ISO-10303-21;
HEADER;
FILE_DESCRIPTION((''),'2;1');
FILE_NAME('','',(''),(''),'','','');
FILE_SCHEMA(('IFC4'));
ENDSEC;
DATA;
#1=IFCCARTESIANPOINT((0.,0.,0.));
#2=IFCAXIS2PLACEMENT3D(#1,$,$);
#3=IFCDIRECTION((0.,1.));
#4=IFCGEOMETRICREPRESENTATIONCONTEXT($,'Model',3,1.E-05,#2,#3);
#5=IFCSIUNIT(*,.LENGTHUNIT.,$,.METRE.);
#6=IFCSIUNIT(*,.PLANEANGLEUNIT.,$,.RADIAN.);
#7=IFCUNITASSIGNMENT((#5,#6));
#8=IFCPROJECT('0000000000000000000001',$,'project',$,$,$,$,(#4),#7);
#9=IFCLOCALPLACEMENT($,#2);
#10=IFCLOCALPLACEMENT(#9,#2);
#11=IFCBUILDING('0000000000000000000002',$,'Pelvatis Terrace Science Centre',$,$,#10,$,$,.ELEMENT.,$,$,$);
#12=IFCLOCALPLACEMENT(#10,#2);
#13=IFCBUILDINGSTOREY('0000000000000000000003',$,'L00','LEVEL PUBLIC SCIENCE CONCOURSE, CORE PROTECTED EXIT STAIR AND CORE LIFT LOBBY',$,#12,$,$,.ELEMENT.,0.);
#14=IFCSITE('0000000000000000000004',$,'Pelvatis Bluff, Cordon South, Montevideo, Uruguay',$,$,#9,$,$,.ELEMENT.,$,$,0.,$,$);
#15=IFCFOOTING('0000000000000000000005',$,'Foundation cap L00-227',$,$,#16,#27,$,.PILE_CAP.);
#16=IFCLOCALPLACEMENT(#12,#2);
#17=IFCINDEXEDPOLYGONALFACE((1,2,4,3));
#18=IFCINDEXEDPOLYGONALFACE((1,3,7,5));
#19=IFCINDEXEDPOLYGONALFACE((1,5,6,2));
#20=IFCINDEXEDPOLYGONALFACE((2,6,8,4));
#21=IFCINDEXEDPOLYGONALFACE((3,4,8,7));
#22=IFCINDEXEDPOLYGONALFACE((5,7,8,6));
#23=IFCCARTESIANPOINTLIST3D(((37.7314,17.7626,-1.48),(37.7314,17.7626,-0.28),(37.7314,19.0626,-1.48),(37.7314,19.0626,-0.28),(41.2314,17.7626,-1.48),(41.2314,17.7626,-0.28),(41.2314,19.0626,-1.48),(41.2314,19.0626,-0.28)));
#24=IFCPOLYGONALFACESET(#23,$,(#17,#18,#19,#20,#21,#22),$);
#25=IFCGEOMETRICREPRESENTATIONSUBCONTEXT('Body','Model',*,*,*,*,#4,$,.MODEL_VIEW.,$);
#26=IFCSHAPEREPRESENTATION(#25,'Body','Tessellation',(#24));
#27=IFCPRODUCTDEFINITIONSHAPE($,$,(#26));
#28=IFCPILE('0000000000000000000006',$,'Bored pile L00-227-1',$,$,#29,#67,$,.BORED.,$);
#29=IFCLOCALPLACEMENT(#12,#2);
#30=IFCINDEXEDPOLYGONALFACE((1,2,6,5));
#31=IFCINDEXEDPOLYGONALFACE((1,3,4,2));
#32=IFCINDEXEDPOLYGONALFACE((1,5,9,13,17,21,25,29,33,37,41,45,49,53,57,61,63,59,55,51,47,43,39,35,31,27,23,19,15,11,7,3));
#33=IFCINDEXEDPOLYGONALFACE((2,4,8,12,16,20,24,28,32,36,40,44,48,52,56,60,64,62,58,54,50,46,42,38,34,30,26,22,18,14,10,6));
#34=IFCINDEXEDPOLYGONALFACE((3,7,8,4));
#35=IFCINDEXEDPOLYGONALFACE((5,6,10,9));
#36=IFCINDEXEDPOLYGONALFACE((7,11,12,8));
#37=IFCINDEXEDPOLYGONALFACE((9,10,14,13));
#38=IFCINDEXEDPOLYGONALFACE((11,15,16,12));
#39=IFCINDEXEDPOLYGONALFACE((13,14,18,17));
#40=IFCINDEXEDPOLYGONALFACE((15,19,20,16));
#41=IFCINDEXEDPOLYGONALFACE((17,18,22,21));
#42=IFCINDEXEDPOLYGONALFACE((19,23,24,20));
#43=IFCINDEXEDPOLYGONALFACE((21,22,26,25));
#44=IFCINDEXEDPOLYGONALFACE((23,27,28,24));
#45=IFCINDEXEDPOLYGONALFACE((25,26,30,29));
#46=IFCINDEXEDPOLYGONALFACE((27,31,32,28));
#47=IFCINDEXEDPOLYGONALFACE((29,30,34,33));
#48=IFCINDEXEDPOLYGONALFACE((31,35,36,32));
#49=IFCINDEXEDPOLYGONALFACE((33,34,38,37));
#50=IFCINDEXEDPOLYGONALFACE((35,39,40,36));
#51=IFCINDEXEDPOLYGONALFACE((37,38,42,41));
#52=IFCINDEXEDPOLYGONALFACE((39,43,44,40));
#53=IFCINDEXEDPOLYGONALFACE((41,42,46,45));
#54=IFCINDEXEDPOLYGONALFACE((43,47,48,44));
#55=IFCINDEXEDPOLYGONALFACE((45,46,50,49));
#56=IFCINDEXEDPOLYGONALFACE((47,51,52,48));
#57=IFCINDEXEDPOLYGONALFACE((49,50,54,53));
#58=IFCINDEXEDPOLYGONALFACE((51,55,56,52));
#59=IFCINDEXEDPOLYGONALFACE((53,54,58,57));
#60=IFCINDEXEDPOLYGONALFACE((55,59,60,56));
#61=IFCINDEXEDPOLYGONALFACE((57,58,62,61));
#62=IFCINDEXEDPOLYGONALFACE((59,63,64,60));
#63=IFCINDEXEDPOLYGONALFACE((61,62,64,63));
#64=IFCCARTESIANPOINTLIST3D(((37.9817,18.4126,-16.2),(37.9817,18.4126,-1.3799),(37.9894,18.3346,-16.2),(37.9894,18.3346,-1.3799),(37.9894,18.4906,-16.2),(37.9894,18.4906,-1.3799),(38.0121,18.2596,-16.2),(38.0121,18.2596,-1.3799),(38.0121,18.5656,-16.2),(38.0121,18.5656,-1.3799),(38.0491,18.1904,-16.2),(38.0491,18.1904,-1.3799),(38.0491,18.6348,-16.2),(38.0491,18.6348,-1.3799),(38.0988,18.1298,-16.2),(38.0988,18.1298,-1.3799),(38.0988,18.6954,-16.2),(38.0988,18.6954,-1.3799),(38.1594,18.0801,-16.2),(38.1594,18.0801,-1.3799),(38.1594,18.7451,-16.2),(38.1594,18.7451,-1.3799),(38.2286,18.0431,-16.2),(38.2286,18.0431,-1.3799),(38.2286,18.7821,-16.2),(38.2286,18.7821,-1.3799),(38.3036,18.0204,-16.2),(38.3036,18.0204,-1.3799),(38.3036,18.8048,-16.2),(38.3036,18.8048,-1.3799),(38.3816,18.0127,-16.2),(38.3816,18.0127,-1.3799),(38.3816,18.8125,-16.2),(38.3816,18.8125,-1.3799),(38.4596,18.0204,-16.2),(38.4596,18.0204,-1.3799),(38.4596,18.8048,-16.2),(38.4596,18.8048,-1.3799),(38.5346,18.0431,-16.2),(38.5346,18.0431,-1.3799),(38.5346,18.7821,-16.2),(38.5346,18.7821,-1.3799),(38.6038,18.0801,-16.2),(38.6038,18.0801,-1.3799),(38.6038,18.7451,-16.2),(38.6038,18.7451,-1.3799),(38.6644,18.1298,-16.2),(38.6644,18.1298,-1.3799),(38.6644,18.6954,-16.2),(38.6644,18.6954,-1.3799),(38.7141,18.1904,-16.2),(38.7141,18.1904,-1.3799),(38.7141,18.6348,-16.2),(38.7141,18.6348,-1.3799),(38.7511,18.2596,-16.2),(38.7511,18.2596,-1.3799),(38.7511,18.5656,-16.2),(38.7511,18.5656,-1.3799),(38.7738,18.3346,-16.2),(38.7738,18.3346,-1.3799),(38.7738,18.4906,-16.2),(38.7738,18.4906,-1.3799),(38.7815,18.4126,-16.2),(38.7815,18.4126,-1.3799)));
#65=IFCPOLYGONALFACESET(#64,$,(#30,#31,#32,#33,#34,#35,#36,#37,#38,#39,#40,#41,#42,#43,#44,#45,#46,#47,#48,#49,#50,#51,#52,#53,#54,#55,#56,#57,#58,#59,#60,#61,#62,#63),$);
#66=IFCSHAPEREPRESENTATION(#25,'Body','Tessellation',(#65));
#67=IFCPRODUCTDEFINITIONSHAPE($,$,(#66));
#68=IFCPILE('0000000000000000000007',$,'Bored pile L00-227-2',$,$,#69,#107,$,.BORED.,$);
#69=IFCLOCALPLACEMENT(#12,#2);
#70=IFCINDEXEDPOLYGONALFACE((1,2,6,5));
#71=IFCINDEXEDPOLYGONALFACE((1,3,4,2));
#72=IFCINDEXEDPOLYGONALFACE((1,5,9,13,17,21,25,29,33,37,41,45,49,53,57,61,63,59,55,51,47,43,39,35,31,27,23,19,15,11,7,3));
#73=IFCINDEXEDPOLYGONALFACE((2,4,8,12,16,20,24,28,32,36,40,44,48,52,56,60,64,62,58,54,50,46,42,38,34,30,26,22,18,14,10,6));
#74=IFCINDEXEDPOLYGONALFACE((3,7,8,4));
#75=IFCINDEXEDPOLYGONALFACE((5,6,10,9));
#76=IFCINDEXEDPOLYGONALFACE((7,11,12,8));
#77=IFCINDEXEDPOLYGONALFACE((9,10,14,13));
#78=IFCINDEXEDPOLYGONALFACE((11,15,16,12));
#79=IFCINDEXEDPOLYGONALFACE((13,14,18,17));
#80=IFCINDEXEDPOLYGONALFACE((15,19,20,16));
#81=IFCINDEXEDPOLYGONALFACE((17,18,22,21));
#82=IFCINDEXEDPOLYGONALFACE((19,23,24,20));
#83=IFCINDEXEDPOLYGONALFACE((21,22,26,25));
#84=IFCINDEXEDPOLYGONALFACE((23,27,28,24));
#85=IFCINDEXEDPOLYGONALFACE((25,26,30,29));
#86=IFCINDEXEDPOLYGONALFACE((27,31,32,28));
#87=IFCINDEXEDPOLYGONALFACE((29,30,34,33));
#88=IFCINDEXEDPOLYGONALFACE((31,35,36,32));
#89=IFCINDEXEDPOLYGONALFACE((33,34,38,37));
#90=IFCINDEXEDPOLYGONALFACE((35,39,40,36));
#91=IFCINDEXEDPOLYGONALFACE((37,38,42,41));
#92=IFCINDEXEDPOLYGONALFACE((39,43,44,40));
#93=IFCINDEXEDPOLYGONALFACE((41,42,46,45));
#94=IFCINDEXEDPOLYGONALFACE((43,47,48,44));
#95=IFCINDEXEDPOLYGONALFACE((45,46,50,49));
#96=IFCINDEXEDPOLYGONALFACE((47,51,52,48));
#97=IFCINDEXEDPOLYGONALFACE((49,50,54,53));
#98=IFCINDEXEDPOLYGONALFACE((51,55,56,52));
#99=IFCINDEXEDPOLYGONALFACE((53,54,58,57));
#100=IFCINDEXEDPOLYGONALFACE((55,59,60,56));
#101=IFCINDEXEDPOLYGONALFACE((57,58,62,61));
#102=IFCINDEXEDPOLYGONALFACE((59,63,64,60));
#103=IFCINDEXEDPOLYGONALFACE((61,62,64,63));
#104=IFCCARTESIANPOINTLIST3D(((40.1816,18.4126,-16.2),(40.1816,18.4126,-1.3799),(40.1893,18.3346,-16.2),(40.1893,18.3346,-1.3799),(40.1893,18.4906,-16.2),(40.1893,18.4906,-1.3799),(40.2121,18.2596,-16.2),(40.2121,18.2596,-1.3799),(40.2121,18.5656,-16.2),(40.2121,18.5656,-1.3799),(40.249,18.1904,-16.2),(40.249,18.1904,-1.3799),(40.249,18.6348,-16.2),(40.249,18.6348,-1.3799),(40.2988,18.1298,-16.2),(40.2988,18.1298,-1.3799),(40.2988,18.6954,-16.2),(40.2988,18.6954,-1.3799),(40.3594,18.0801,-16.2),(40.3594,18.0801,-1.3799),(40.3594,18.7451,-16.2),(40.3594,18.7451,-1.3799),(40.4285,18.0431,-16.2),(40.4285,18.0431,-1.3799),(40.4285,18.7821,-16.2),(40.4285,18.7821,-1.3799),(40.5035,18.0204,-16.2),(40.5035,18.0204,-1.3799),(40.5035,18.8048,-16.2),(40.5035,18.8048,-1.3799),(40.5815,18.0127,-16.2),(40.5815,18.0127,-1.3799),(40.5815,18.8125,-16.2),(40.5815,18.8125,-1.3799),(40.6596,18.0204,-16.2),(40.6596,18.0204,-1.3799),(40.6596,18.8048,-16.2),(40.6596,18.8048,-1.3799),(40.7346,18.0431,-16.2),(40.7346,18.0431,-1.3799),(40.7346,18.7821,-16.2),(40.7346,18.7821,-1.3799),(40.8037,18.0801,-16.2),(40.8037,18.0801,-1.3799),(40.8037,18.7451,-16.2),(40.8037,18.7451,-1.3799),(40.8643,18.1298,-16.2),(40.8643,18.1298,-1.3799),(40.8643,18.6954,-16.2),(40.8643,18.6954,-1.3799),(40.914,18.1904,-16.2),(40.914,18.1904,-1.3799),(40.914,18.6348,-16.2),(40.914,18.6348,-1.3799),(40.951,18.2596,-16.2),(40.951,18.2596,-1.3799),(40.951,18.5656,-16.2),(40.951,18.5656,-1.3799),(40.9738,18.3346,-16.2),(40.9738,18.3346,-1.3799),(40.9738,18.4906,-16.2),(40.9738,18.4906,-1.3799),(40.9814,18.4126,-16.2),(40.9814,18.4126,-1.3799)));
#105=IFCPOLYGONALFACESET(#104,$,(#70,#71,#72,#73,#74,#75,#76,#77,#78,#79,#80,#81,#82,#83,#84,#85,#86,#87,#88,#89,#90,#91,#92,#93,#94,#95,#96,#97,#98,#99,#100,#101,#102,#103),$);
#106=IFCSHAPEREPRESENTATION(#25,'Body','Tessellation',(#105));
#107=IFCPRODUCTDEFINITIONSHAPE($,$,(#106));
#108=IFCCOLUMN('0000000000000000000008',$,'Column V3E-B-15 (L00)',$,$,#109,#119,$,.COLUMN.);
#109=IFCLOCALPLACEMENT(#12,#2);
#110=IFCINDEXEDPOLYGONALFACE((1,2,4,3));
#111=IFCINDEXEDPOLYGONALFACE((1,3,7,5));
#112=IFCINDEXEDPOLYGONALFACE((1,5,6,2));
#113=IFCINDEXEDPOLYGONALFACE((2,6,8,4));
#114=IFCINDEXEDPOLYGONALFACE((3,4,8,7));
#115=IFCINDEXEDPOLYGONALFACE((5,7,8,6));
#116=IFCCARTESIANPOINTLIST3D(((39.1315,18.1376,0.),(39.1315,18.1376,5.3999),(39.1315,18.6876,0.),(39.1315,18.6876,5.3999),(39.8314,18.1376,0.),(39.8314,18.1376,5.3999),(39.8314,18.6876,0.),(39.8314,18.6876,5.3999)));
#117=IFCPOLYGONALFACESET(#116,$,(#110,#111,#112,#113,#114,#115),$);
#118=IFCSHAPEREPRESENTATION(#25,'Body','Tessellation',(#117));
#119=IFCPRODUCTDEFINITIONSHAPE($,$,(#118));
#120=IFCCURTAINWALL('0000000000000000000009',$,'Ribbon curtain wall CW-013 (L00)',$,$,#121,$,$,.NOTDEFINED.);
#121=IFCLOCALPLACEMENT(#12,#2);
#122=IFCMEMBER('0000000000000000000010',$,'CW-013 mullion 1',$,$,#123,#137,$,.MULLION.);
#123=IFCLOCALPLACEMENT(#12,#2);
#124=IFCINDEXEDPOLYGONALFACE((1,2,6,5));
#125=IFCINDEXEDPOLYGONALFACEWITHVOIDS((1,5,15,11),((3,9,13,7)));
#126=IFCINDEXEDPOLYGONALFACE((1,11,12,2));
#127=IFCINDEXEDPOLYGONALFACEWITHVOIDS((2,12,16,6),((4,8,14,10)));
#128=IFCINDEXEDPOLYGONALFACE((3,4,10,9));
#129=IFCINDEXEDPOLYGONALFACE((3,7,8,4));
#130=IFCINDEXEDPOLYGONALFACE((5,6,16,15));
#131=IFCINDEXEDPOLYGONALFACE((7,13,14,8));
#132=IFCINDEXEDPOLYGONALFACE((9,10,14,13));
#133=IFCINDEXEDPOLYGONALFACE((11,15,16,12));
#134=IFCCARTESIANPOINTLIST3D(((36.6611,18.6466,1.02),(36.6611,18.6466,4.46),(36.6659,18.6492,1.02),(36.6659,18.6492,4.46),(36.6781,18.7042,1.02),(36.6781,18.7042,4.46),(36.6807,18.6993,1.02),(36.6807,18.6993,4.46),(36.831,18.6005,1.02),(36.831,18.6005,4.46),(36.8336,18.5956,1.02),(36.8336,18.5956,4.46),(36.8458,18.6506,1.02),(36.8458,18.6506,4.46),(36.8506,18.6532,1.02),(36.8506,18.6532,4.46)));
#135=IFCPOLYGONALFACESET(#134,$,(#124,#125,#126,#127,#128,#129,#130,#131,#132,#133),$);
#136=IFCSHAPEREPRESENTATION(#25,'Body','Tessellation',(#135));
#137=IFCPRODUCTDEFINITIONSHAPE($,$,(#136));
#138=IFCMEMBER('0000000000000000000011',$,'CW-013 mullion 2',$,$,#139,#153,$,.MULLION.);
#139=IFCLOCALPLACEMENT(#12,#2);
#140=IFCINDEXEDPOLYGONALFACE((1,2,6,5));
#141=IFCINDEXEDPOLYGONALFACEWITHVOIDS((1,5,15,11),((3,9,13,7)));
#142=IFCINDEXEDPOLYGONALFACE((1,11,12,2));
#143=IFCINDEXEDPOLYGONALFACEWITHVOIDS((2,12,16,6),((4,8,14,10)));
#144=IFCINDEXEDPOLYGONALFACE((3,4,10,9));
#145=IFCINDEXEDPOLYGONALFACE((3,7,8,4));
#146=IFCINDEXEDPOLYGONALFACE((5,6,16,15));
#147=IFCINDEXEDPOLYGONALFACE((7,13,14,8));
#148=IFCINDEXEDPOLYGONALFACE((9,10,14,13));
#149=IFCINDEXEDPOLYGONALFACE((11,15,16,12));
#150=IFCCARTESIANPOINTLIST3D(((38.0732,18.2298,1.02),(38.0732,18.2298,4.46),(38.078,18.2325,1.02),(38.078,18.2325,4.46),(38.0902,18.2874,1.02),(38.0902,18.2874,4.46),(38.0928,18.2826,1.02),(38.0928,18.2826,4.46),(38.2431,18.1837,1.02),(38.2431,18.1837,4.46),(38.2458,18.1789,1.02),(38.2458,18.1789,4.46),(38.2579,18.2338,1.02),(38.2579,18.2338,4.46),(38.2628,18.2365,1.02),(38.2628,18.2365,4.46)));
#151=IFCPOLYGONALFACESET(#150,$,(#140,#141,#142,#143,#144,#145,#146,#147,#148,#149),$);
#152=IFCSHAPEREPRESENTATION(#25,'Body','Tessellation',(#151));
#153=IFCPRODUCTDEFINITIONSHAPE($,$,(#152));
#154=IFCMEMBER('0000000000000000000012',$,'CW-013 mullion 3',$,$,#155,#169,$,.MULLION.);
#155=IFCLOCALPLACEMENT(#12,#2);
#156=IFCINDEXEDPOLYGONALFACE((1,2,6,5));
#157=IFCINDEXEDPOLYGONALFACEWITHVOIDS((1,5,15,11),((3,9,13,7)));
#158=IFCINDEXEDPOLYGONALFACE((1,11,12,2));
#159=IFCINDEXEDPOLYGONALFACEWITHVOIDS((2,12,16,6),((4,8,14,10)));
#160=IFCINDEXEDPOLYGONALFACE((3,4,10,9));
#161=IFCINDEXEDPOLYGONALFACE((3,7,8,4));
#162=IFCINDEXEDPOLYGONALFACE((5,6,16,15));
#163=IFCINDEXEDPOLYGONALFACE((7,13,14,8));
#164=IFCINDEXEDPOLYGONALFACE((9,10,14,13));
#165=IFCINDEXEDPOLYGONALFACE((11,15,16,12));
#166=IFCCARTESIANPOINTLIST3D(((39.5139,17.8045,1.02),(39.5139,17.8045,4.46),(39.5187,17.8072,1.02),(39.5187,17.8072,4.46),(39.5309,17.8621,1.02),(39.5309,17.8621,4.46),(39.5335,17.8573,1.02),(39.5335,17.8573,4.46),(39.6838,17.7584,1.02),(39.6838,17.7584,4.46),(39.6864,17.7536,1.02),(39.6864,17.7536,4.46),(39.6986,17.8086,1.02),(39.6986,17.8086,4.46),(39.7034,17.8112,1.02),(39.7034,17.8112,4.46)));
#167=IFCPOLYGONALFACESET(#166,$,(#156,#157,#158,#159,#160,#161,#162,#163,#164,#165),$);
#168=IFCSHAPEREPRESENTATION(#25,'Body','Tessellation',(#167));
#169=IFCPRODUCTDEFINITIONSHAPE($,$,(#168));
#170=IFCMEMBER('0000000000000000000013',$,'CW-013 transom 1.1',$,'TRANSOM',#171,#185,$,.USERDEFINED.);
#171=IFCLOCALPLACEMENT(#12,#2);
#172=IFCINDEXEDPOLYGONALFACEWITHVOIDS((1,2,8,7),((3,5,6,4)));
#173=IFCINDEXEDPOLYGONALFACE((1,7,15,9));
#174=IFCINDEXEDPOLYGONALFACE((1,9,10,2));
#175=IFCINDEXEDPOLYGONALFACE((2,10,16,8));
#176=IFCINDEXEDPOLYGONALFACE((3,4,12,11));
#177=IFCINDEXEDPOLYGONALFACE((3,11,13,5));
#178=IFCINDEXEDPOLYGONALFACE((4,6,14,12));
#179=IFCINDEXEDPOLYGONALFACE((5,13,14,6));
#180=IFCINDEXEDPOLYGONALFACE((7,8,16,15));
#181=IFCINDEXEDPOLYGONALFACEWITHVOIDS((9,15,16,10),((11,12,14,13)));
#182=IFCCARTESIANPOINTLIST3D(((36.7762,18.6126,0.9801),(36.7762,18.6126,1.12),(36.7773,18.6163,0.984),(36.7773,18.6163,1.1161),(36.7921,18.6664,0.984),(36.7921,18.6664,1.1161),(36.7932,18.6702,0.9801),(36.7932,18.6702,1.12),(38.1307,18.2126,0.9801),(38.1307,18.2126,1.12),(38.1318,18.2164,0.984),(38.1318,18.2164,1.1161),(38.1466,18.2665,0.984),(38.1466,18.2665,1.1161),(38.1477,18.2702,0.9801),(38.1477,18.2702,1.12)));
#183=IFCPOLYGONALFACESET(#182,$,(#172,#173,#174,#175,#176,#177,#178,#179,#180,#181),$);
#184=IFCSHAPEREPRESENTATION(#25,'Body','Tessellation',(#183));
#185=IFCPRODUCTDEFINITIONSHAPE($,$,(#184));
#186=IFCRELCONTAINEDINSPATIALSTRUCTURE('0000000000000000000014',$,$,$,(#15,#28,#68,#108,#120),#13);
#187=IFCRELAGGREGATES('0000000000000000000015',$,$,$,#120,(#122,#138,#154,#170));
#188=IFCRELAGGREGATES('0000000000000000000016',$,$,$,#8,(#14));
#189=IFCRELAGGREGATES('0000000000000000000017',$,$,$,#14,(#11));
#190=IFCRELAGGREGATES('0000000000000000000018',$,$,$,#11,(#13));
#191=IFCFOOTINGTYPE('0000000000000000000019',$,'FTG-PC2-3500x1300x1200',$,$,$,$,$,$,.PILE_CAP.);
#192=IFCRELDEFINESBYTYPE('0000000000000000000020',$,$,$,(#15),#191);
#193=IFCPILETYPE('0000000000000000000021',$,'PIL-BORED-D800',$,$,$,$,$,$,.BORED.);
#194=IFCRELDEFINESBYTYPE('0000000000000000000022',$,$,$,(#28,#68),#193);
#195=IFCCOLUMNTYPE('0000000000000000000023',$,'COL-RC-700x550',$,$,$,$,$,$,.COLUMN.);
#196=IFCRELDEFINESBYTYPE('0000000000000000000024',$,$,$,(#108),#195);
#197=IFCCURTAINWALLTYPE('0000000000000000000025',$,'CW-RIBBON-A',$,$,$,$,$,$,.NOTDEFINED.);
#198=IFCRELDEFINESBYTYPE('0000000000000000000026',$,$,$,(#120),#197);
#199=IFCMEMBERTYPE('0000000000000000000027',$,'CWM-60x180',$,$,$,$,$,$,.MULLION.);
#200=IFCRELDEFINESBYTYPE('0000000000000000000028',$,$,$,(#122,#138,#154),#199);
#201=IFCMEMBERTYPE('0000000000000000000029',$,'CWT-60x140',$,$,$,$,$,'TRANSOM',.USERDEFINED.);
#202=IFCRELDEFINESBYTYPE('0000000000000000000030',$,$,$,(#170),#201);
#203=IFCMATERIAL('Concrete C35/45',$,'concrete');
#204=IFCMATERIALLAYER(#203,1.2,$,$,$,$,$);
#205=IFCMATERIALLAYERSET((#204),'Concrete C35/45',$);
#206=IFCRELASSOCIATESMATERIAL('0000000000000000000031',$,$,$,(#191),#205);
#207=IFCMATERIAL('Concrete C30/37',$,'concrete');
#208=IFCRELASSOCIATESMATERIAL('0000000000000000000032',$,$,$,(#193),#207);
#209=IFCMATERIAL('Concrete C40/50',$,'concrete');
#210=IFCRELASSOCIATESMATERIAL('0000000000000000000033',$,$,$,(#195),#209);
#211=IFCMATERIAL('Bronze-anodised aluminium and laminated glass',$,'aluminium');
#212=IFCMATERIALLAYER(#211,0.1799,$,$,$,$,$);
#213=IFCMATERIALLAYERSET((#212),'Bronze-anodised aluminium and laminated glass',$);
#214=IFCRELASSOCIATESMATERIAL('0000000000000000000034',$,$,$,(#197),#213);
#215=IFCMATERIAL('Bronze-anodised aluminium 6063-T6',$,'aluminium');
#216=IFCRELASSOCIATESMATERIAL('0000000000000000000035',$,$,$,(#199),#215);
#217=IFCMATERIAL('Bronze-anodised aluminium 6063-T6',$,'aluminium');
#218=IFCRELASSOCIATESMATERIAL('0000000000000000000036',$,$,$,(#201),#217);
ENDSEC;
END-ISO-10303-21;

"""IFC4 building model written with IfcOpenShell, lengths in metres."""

from ifc_helpers import new_model, si_unit, direction, frame, origin, origin_2d, place, context, subcontext, project, spatial, rectangle, hollow_rectangle, circle, extrude, material, layer, layer_set, material_profile, profile_set, type_object, element, aggregate, save


model = new_model("IFC4")

# Units and contexts
model_context = context("Model", 3, precision=1e-05, world=origin(), true_north=direction((0.0, 1.0)))
body_context = subcontext(model_context, "Body", "Model", "MODEL_VIEW")
ifc_project = project(units=[si_unit("LENGTHUNIT", "METRE"), si_unit("PLANEANGLEUNIT", "RADIAN")], contexts=[model_context])

# Site, building, storey
site_placement = place(None, origin())
site = spatial("IfcSite", under=ifc_project, at=site_placement, Name="Pelvatis Bluff, Cordon South, Montevideo, Uruguay", CompositionType="ELEMENT", RefElevation=0.0)
building_placement = place(site_placement, origin())
building = spatial("IfcBuilding", under=site, at=building_placement, Name="Pelvatis Terrace Science Centre", CompositionType="ELEMENT")
storey_placement = place(building_placement, origin())
storey = spatial("IfcBuildingStorey", under=building, at=storey_placement, Name="L00", Description="LEVEL PUBLIC SCIENCE CONCOURSE, CORE PROTECTED EXIT STAIR AND CORE LIFT LOBBY", CompositionType="ELEMENT", Elevation=0.0)

# Footing
ifc_material_1 = material(Name="Concrete C35/45", Category="concrete")
ifc_layer_1 = layer(ifc_material_1, 1.2)
ifc_layer_set_1 = layer_set([ifc_layer_1], Name="Concrete C35/45")
footing_type = type_object("IfcFootingType", Name="FTG-PC2-3500x1300x1200", PredefinedType="PILE_CAP", material=ifc_layer_set_1)
footing_placement = place(storey_placement, frame((39.4814, 18.4126, -1.48), z_axis=(0.0, 0.0, 1.0), x_axis=(1.0, 0.0, 0.0)))
element("IfcFooting", 1, at=footing_placement, inside=storey, type_object=footing_type, Name="Foundation cap L00-227", PredefinedType="PILE_CAP", context=body_context, shape_type="SweptSolid", body=[
    extrude(rectangle(XDim=3.5, YDim=1.3, at=origin_2d()), origin(), (0.0, 0.0, 1.0), 1.2),
])

# Piles
ifc_material_2 = material(Name="Concrete C30/37", Category="concrete")
ifc_material_profile_1 = material_profile(ifc_material_2, circle(Radius=0.3999, at=origin_2d()), Name="PILE D800")
ifc_profile_set_1 = profile_set([ifc_material_profile_1], Name="Concrete C30/37")
pile_type = type_object("IfcPileType", Name="PIL-BORED-D800", PredefinedType="BORED", material=ifc_profile_set_1)
for number, where, z_axis, x_axis, name in (
    (2, (38.3816, 18.4126, -1.3799), (0.0, 0.0, -1.0), (1.0, 0.0, 0.0), "Bored pile L00-227-1"),
    (3, (40.5815, 18.4126, -1.3799), (0.0, 0.0, -1.0), (1.0, 0.0, 0.0), "Bored pile L00-227-2"),
):
    element("IfcPile", number, at=place(storey_placement, frame(where, z_axis=z_axis, x_axis=x_axis)), inside=storey, type_object=pile_type, Name=name, PredefinedType="BORED", context=body_context, shape_type="SweptSolid", body=[
        extrude(circle(Radius=0.3999, at=origin_2d()), origin(), (0.0, 0.0, 1.0), 14.8201),
    ])

# Column
ifc_material_3 = material(Name="Concrete C40/50", Category="concrete")
ifc_material_profile_2 = material_profile(ifc_material_3, rectangle(XDim=0.7, YDim=0.55, at=origin_2d()), Name="RC-COL 700x550")
ifc_profile_set_2 = profile_set([ifc_material_profile_2], Name="Concrete C40/50")
column_type = type_object("IfcColumnType", Name="COL-RC-700x550", PredefinedType="COLUMN", material=ifc_profile_set_2)
column_placement = place(storey_placement, frame((39.4814, 18.4126, 0.0), z_axis=(0.0, 0.0, 1.0), x_axis=(1.0, 0.0, 0.0)))
element("IfcColumn", 4, at=column_placement, inside=storey, type_object=column_type, Name="Column V3E-B-15 (L00)", PredefinedType="COLUMN", context=body_context, shape_type="SweptSolid", body=[
    extrude(rectangle(XDim=0.7, YDim=0.55, at=origin_2d()), origin(), (0.0, 0.0, 1.0), 5.3999),
])

# Curtain wall, members
ifc_material_4 = material(Name="Bronze-anodised aluminium and laminated glass", Category="aluminium")
ifc_layer_2 = layer(ifc_material_4, 0.1799)
ifc_layer_set_2 = layer_set([ifc_layer_2], Name="Bronze-anodised aluminium and laminated glass")
curtain_wall_type = type_object("IfcCurtainWallType", Name="CW-RIBBON-A", PredefinedType="NOTDEFINED", material=ifc_layer_set_2)
curtain_wall_placement = place(storey_placement, origin())
curtain_wall = element("IfcCurtainWall", 5, at=curtain_wall_placement, inside=storey, type_object=curtain_wall_type, Name="Ribbon curtain wall CW-013 (L00)", PredefinedType="NOTDEFINED")
ifc_material_5 = material(Name="Bronze-anodised aluminium 6063-T6", Category="aluminium")
ifc_material_profile_3 = material_profile(ifc_material_5, hollow_rectangle(XDim=0.0601, YDim=0.1799, WallThickness=0.0039, at=origin_2d()), Name="ALU-MUL 60x180")
ifc_profile_set_3 = profile_set([ifc_material_profile_3], Name="Bronze-anodised aluminium 6063-T6")
member_type_1 = type_object("IfcMemberType", Name="CWM-60x180", PredefinedType="MULLION", material=ifc_profile_set_3)
member_1_placement = place(storey_placement, frame((36.7559, 18.6499, 1.02), z_axis=(0.0, 0.0, 1.0), x_axis=(0.283092, 0.959093, 0.0)))
member_1 = element("IfcMember", 6, at=member_1_placement, type_object=member_type_1, Name="CW-013 mullion 1", PredefinedType="MULLION", context=body_context, shape_type="SweptSolid", body=[
    extrude(hollow_rectangle(XDim=0.0601, YDim=0.1799, WallThickness=0.0039, at=origin_2d()), origin(), (0.0, 0.0, 1.0), 3.4399),
])
member_2_placement = place(storey_placement, frame((38.168, 18.2332, 1.02), z_axis=(0.0, 0.0, 1.0), x_axis=(0.283092, 0.959093, 0.0)))
member_2 = element("IfcMember", 7, at=member_2_placement, type_object=member_type_1, Name="CW-013 mullion 2", PredefinedType="MULLION", context=body_context, shape_type="SweptSolid", body=[
    extrude(hollow_rectangle(XDim=0.0601, YDim=0.1799, WallThickness=0.0039, at=origin_2d()), origin(), (0.0, 0.0, 1.0), 3.4399),
])
member_3_placement = place(storey_placement, frame((39.6086, 17.8079, 1.02), z_axis=(0.0, 0.0, 1.0), x_axis=(0.283092, 0.959093, 0.0)))
member_3 = element("IfcMember", 8, at=member_3_placement, type_object=member_type_1, Name="CW-013 mullion 3", PredefinedType="MULLION", context=body_context, shape_type="SweptSolid", body=[
    extrude(hollow_rectangle(XDim=0.0601, YDim=0.1799, WallThickness=0.0039, at=origin_2d()), origin(), (0.0, 0.0, 1.0), 3.4399),
])
ifc_material_6 = material(Name="Bronze-anodised aluminium 6063-T6", Category="aluminium")
ifc_material_profile_4 = material_profile(ifc_material_6, hollow_rectangle(XDim=0.0601, YDim=0.1399, WallThickness=0.0039, at=origin_2d()), Name="ALU-TRN 60x140")
ifc_profile_set_4 = profile_set([ifc_material_profile_4], Name="Bronze-anodised aluminium 6063-T6")
member_type_2 = type_object("IfcMemberType", Name="CWT-60x140", ElementType="TRANSOM", PredefinedType="USERDEFINED", material=ifc_profile_set_4)
member_4_placement = place(storey_placement, frame((36.7847, 18.6414, 1.05), z_axis=(0.959073, -0.283158, 0.0), x_axis=(0.283158, 0.959073, 0.0)))
member_4 = element("IfcMember", 9, at=member_4_placement, type_object=member_type_2, Name="CW-013 transom 1.1", ObjectType="TRANSOM", PredefinedType="USERDEFINED", context=body_context, shape_type="SweptSolid", body=[
    extrude(hollow_rectangle(XDim=0.0601, YDim=0.1399, WallThickness=0.0039, at=origin_2d()), origin(), (0.0, 0.0, 1.0), 1.4124),
])

aggregate(curtain_wall, [member_1, member_2, member_3, member_4])

save(model, "model.ifc")
